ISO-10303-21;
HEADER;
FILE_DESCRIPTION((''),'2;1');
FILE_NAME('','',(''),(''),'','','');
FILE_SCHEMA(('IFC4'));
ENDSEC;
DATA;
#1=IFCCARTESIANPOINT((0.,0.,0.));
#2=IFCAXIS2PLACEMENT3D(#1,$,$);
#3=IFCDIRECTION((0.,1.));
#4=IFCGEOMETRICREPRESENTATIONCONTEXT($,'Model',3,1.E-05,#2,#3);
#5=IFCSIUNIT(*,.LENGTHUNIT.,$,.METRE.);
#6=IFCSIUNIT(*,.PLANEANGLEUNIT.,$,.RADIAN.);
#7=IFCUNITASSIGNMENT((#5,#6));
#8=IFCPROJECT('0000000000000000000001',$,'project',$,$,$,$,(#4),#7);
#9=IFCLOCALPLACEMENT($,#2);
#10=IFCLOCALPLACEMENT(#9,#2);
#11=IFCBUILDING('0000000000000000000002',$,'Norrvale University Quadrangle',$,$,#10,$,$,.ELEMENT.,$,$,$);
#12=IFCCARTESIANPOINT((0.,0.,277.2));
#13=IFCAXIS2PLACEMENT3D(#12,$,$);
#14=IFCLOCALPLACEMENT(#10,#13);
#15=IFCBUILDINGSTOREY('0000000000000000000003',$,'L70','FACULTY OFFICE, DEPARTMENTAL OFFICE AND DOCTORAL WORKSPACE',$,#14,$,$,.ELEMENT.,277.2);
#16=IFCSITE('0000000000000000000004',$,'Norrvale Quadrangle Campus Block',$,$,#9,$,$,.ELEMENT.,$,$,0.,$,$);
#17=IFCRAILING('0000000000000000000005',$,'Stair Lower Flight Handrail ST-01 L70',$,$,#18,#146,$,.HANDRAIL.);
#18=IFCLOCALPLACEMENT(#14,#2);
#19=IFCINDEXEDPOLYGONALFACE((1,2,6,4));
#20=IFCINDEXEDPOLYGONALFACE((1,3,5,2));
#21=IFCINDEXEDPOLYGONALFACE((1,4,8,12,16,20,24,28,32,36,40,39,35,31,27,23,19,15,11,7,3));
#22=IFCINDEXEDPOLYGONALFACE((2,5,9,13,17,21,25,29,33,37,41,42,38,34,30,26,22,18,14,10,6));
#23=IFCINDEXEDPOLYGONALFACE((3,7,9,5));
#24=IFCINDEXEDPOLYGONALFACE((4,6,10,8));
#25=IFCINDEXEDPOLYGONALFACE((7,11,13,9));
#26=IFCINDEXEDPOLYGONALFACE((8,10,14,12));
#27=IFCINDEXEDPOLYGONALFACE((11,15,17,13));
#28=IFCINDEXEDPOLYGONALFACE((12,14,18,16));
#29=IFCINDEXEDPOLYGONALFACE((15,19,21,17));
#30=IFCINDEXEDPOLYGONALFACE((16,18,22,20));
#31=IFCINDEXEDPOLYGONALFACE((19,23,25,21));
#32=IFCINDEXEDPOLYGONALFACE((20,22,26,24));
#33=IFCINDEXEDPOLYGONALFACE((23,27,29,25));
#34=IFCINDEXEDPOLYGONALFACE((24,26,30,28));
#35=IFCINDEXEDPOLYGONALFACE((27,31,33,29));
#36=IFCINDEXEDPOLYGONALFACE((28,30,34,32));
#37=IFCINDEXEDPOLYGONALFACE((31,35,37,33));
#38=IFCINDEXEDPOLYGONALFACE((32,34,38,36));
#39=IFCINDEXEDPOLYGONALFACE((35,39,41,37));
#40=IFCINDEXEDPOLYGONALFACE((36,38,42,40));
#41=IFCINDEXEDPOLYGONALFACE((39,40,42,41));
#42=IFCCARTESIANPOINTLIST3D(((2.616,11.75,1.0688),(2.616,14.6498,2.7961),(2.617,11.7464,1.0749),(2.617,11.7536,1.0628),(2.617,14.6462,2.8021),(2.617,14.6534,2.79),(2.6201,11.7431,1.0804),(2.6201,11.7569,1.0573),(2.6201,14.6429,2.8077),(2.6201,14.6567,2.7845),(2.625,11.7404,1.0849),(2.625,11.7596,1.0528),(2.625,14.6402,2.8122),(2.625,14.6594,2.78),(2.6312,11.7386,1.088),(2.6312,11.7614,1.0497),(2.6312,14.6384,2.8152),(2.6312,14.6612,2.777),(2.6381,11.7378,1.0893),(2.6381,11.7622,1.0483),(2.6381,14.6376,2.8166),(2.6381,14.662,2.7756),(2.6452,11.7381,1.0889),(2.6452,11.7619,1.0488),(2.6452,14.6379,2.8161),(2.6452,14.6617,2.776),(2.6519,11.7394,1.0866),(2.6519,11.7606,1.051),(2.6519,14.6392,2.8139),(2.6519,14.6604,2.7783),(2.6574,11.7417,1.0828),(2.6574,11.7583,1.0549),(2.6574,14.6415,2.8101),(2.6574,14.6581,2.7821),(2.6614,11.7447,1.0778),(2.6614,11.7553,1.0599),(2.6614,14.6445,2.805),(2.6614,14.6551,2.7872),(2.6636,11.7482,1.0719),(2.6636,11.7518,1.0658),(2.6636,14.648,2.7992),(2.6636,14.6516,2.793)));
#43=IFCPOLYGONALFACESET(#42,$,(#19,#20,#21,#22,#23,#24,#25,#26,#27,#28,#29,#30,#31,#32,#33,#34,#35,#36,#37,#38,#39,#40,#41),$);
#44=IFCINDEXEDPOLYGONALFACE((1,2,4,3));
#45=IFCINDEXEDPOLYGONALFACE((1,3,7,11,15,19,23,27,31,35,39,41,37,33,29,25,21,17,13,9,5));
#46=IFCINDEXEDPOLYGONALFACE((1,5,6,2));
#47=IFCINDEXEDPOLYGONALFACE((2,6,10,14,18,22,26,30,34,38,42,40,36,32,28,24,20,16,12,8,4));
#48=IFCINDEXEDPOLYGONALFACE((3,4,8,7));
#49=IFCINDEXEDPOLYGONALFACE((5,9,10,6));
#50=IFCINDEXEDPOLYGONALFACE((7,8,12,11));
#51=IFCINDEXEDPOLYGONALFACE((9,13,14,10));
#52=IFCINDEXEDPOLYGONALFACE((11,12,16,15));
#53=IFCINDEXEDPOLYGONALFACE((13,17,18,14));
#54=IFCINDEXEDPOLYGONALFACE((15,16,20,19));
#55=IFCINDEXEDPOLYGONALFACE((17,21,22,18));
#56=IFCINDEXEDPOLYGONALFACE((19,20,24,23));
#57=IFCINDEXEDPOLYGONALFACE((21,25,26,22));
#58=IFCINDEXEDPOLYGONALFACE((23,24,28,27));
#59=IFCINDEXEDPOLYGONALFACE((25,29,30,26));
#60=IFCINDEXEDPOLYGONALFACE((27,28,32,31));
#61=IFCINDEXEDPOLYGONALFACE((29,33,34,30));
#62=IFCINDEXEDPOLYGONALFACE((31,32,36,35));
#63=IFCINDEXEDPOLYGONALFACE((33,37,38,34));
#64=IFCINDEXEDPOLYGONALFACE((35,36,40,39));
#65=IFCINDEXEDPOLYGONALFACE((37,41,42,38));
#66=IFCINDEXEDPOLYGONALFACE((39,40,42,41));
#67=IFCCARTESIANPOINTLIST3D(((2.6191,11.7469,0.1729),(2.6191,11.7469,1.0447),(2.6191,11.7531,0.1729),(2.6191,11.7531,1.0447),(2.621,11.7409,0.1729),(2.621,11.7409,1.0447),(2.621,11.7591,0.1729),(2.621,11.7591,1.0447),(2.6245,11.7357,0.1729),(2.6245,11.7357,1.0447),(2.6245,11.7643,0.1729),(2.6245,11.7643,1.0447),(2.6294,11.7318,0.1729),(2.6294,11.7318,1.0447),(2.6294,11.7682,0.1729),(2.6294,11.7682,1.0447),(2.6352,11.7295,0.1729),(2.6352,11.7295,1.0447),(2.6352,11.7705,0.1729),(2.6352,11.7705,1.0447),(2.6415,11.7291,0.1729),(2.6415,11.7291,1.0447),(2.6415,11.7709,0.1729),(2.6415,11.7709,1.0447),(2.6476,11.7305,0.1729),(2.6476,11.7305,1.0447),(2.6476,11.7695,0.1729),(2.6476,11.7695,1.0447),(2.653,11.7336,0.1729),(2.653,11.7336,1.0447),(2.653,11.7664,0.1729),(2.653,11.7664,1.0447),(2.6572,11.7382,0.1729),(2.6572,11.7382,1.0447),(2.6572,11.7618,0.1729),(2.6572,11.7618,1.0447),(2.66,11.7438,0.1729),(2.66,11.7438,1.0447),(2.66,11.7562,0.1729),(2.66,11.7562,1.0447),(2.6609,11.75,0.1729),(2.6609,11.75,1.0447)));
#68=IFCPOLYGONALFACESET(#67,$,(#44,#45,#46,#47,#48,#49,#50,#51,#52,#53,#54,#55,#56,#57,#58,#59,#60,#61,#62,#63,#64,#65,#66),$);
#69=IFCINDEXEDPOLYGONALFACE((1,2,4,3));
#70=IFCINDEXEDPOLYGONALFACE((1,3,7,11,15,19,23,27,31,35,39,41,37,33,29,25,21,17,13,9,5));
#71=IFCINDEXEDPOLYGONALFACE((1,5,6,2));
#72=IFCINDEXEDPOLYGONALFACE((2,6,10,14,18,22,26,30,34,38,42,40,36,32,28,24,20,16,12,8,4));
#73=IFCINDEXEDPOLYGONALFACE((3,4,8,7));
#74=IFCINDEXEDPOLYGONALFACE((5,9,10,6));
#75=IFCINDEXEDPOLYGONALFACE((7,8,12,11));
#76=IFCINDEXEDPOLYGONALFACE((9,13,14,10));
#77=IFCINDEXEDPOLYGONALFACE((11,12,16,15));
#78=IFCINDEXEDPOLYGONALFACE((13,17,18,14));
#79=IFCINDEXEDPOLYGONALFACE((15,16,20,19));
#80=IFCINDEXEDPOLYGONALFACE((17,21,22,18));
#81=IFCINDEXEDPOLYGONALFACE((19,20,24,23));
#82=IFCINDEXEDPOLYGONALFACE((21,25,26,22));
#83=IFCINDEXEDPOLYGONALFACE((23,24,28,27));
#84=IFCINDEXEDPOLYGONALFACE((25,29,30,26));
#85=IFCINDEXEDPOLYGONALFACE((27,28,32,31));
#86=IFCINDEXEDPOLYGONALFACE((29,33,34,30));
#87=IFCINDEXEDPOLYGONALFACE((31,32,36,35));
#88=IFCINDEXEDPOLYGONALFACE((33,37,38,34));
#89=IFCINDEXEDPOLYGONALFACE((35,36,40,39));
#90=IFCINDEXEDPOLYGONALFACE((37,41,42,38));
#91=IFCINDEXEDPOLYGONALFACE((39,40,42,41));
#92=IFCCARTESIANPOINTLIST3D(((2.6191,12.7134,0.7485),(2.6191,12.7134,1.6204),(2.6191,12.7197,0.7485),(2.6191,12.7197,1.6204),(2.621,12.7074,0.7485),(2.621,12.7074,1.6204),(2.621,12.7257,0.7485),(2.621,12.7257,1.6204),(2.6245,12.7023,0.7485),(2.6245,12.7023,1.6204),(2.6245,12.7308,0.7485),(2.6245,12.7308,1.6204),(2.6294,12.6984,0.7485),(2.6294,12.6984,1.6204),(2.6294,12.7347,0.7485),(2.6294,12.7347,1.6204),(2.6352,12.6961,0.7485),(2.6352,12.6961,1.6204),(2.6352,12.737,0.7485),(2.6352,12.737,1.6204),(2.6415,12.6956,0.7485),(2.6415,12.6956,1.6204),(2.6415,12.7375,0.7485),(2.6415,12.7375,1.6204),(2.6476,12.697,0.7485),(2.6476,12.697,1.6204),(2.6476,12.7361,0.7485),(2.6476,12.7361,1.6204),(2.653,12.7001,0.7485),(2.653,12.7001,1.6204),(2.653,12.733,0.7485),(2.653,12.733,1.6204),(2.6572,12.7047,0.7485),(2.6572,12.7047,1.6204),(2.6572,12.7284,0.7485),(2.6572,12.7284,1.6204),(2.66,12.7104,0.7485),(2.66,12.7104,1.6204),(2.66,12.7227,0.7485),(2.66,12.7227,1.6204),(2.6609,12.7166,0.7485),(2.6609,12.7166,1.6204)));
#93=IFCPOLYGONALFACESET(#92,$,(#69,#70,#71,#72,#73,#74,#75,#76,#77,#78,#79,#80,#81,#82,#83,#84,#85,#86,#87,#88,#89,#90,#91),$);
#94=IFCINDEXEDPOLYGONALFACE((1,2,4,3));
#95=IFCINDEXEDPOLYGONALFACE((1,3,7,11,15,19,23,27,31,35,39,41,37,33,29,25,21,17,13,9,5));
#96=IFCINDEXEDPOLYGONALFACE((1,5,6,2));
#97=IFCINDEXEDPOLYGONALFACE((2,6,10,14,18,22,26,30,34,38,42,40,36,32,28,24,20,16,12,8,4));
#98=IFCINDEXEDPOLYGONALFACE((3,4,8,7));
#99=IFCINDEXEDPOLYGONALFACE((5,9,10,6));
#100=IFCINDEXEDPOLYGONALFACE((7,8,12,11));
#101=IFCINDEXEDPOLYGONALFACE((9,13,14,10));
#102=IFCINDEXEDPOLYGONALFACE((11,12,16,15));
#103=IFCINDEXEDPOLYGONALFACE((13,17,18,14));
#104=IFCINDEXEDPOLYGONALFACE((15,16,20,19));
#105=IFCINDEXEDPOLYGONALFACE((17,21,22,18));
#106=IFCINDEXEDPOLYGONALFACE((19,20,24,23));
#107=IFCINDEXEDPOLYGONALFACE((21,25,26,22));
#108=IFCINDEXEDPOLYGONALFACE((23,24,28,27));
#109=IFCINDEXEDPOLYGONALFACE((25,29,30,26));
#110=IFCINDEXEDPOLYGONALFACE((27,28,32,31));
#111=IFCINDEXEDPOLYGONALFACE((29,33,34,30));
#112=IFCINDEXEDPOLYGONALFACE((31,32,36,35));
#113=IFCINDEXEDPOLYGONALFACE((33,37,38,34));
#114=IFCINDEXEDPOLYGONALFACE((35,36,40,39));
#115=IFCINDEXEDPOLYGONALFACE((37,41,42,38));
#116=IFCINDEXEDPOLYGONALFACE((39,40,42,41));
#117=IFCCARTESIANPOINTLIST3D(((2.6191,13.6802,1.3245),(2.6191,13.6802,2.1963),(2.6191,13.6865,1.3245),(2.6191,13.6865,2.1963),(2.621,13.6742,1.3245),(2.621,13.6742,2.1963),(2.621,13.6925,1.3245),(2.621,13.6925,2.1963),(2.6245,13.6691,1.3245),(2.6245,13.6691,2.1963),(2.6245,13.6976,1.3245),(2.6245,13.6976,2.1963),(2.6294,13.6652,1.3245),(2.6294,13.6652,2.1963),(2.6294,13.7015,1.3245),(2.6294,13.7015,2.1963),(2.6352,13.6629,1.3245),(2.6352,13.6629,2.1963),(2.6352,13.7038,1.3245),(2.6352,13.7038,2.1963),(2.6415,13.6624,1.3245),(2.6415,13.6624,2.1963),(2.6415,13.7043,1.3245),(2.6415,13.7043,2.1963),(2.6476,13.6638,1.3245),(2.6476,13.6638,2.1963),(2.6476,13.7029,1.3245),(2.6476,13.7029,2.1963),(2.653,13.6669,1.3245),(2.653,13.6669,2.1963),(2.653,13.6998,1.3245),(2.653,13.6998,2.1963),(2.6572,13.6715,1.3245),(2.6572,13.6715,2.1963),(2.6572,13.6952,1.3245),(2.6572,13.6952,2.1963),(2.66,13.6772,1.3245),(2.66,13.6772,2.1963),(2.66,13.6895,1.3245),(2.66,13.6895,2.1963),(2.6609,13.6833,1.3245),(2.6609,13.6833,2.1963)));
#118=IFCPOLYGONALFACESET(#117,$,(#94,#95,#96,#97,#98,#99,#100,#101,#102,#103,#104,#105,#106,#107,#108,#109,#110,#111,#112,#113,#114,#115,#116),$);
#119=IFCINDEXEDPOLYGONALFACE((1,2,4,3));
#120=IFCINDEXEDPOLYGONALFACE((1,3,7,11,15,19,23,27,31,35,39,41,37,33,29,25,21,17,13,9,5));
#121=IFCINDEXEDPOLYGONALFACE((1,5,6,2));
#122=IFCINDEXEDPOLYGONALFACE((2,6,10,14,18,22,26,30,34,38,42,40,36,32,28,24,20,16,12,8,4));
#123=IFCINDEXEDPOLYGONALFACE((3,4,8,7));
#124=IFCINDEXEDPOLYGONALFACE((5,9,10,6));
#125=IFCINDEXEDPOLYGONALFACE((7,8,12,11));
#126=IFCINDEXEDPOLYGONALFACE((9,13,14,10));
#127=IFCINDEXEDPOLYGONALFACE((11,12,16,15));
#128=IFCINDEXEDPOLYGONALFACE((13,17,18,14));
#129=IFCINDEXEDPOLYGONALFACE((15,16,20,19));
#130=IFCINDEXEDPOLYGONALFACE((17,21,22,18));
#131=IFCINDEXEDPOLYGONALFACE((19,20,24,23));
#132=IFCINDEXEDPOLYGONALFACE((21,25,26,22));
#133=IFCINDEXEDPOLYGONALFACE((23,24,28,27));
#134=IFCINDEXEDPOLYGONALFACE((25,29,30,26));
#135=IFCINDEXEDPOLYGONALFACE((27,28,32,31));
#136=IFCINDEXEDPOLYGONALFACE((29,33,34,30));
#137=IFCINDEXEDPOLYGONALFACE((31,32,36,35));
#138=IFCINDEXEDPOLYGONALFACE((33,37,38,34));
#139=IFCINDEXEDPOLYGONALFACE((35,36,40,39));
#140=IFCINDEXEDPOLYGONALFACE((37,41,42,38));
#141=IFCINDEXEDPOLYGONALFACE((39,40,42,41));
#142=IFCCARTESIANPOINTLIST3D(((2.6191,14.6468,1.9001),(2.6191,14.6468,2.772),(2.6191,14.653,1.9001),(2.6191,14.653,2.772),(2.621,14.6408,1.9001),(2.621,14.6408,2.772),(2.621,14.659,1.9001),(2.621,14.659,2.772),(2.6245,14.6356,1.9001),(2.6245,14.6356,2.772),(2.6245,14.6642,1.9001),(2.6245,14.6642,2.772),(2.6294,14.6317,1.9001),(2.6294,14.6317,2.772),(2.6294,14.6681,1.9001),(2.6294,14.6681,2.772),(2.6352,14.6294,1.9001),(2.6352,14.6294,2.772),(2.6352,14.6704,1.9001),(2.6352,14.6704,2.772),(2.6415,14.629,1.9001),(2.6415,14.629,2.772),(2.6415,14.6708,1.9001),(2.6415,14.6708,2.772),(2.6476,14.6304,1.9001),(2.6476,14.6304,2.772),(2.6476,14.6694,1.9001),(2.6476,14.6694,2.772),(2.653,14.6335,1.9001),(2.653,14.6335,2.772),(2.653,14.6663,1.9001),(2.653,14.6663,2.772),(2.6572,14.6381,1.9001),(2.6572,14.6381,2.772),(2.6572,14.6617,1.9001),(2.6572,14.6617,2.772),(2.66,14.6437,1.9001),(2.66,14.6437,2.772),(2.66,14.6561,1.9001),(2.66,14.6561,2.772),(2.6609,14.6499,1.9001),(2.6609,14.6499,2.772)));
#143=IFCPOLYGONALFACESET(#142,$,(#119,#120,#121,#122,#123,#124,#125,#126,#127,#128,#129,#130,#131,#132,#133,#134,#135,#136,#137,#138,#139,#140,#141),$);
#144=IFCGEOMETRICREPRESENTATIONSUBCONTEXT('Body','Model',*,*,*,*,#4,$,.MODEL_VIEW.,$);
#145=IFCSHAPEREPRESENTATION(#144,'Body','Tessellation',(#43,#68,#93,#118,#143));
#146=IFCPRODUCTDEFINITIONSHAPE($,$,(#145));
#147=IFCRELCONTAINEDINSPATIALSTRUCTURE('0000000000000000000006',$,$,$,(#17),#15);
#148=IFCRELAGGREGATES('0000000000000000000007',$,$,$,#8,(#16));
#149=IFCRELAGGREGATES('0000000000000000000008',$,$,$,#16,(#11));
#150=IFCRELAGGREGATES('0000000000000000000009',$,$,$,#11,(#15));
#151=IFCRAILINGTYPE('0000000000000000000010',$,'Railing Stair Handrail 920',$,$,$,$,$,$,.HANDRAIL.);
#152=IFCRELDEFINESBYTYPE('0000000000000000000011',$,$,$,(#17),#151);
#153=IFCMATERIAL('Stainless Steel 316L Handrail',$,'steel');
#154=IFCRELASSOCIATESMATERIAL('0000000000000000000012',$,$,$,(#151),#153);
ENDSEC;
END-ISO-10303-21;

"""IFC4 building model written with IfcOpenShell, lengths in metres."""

from ifc_helpers import new_model, si_unit, direction, frame, origin, origin_2d, place, context, subcontext, project, spatial, circle, extrude, material, type_object, element, save


model = new_model("IFC4")

# Units and contexts
model_context = context("Model", 3, precision=1e-05, world=origin(), true_north=direction((0.0, 1.0)))
body_context = subcontext(model_context, "Body", "Model", "MODEL_VIEW")
ifc_project = project(units=[si_unit("LENGTHUNIT", "METRE"), si_unit("PLANEANGLEUNIT", "RADIAN")], contexts=[model_context])

# Site, building, storey
site_placement = place(None, origin())
site = spatial("IfcSite", under=ifc_project, at=site_placement, Name="Norrvale Quadrangle Campus Block", CompositionType="ELEMENT", RefElevation=0.0)
building_placement = place(site_placement, origin())
building = spatial("IfcBuilding", under=site, at=building_placement, Name="Norrvale University Quadrangle", CompositionType="ELEMENT")
storey_placement = place(building_placement, frame((0.0, 0.0, 277.2)))
storey = spatial("IfcBuildingStorey", under=building, at=storey_placement, Name="L70", Description="FACULTY OFFICE, DEPARTMENTAL OFFICE AND DOCTORAL WORKSPACE", CompositionType="ELEMENT", Elevation=277.2)

# Railing
ifc_material_1 = material(Name="Stainless Steel 316L Handrail", Category="steel")
railing_type_1 = type_object("IfcRailingType", Name="Railing Stair Handrail 920", PredefinedType="HANDRAIL", material=ifc_material_1)
railing_1_placement = place(storey_placement, frame((2.6399, 11.75, 0.1729)))
element("IfcRailing", 1, at=railing_1_placement, inside=storey, type_object=railing_type_1, Name="Stair Lower Flight Handrail ST-01 L70", PredefinedType="HANDRAIL", context=body_context, shape_type="SweptSolid", body=[
    extrude(circle(Radius=0.0239, at=origin_2d()), frame((0.0, 0.0, 0.896), z_axis=(0.0, 0.859141, 0.511738), x_axis=(-1.0, 0.0, 0.0)), (0.0, 0.0, 1.0), 3.3752),
    extrude(circle(Radius=0.021, at=origin_2d()), origin(), (0.0, 0.0, 1.0), 0.8718),
    extrude(circle(Radius=0.021, at=origin_2d()), frame((0.0, 0.9666, 0.5757)), (0.0, 0.0, 1.0), 0.8718),
    extrude(circle(Radius=0.021, at=origin_2d()), frame((0.0, 1.9333, 1.1516)), (0.0, 0.0, 1.0), 0.8718),
    extrude(circle(Radius=0.021, at=origin_2d()), frame((0.0, 2.8999, 1.7273)), (0.0, 0.0, 1.0), 0.8718),
])

save(model, "model.ifc")
